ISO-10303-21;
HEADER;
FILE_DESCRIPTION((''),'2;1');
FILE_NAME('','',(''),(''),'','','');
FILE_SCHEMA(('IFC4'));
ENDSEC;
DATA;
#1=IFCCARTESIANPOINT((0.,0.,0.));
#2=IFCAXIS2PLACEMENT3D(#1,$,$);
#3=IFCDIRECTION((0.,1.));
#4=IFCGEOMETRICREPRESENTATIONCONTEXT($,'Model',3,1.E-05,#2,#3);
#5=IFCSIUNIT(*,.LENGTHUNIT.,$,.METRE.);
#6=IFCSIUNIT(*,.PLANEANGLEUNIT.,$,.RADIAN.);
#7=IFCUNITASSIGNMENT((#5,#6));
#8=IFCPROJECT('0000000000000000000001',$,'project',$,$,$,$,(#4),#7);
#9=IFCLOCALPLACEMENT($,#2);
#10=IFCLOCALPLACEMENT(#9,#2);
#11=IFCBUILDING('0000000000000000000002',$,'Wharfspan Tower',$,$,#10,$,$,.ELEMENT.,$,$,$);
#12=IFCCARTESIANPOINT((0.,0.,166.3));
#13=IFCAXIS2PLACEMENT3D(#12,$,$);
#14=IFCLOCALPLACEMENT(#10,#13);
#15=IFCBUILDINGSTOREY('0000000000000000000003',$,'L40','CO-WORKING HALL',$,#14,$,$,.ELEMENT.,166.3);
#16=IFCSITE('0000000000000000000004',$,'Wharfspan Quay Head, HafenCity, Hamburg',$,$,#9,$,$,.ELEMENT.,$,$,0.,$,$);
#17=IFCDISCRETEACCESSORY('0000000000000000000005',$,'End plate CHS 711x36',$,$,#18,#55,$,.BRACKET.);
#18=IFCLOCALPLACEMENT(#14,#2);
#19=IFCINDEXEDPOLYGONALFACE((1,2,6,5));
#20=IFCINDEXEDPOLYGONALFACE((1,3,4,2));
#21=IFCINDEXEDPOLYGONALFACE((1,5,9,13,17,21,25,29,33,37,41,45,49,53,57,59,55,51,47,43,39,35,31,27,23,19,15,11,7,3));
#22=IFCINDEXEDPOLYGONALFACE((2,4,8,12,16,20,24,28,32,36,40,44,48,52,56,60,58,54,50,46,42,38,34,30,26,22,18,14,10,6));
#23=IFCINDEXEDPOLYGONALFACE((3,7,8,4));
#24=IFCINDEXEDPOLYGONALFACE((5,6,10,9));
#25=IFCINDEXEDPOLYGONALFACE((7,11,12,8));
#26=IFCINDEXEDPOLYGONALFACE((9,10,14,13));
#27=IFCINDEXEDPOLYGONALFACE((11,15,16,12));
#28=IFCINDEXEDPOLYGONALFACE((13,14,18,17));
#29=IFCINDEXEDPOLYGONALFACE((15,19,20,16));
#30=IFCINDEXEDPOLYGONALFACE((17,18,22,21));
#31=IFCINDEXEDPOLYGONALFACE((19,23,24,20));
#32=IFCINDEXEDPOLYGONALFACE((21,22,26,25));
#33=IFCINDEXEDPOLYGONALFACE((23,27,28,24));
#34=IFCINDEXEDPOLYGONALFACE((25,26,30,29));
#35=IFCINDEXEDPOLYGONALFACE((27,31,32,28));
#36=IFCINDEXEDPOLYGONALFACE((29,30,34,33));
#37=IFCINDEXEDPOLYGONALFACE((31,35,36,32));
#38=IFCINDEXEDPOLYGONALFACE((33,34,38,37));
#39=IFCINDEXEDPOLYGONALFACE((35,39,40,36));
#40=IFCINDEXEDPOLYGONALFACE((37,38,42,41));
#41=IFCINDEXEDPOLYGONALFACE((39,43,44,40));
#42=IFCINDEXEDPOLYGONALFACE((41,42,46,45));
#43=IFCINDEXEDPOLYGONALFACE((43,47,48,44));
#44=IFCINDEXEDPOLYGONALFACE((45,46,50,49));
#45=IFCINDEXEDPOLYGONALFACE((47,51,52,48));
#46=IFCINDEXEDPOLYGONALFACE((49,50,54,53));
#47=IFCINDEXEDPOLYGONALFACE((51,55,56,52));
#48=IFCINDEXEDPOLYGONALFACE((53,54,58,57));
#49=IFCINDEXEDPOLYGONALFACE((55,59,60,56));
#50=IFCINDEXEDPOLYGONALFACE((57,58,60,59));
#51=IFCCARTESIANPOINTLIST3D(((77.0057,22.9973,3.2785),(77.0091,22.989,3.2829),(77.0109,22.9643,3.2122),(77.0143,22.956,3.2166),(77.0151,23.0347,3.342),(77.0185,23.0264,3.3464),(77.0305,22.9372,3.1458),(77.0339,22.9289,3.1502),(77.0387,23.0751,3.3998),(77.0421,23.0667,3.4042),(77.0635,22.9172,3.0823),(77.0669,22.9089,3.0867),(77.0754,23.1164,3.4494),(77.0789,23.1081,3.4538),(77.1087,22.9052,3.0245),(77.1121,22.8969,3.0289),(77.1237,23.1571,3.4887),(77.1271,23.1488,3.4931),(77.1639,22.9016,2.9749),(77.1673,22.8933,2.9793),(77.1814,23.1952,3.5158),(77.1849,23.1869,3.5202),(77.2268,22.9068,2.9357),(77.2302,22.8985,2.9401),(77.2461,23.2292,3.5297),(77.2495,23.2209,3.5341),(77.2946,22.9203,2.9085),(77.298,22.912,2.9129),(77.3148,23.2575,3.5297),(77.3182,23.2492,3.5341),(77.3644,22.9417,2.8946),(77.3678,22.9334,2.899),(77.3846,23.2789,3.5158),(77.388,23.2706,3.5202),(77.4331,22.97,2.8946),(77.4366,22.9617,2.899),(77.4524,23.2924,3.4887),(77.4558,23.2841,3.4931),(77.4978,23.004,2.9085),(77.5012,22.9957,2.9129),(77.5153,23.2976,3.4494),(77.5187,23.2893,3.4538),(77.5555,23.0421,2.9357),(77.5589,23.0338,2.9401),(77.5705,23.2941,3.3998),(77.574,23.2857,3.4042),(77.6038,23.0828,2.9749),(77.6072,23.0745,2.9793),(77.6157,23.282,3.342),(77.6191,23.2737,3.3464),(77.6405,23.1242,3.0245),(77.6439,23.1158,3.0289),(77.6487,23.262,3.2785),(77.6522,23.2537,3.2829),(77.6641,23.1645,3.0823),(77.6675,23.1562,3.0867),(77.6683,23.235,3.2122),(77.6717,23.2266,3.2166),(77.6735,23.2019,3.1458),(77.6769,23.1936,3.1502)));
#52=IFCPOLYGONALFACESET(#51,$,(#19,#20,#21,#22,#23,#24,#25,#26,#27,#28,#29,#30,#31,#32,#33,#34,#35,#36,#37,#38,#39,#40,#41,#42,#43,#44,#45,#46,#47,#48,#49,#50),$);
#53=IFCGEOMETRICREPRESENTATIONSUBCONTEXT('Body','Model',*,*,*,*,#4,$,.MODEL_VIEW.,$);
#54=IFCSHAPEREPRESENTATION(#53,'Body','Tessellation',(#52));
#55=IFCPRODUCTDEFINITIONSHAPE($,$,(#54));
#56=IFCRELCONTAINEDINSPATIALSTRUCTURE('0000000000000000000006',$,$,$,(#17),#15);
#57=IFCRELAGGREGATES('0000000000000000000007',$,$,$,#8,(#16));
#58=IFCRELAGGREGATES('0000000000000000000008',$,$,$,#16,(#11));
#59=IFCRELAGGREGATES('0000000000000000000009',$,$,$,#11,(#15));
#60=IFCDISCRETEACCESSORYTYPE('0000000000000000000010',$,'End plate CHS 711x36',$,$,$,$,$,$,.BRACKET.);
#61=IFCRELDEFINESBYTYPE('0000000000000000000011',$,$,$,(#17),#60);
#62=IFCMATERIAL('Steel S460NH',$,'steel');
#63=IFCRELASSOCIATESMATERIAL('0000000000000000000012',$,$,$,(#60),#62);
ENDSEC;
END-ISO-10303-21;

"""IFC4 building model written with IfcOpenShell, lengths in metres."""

from ifc_helpers import new_model, si_unit, direction, frame, origin, origin_2d, place, context, subcontext, project, spatial, circle, extrude, material, material_profile, profile_set, type_object, element, save


model = new_model("IFC4")

# Units and contexts
model_context = context("Model", 3, precision=1e-05, world=origin(), true_north=direction((0.0, 1.0)))
body_context = subcontext(model_context, "Body", "Model", "MODEL_VIEW")
ifc_project = project(units=[si_unit("LENGTHUNIT", "METRE"), si_unit("PLANEANGLEUNIT", "RADIAN")], contexts=[model_context])

# Site, building, storey
site_placement = place(None, origin())
site = spatial("IfcSite", under=ifc_project, at=site_placement, Name="Wharfspan Quay Head, HafenCity, Hamburg", CompositionType="ELEMENT", RefElevation=0.0)
building_placement = place(site_placement, origin())
building = spatial("IfcBuilding", under=site, at=building_placement, Name="Wharfspan Tower", CompositionType="ELEMENT")
storey_placement = place(building_placement, frame((0.0, 0.0, 166.3)))
storey = spatial("IfcBuildingStorey", under=building, at=storey_placement, Name="L40", Description="CO-WORKING HALL", CompositionType="ELEMENT", Elevation=166.3)

# Shared definitions
ifc_material_1 = material(Name="Steel S460NH", Category="steel")

# Discrete accessory
ifc_material_profile_1 = material_profile(ifc_material_1, circle(Radius=0.3555, at=origin_2d()))
ifc_profile_set_1 = profile_set([ifc_material_profile_1], Name="Steel S460NH")
discrete_accessory_type = type_object("IfcDiscreteAccessoryType", Name="End plate CHS 711x36", PredefinedType="BRACKET", material=ifc_profile_set_1)
for number, where, z_axis, x_axis, name in (
    (1, (77.3396, 23.0996, 3.2122), (0.341972, -0.830504, 0.439679), (0.924678, 0.380749, -0.000001), "End plate CHS 711x36"),
):
    element("IfcDiscreteAccessory", number, at=place(storey_placement, frame(where, z_axis=z_axis, x_axis=x_axis)), inside=storey, type_object=discrete_accessory_type, Name=name, PredefinedType="BRACKET", context=body_context, shape_type="SweptSolid", body=[
        extrude(circle(Radius=0.3555, at=origin_2d()), origin(), (0.0, 0.0, 1.0), 0.01),
    ])

save(model, "model.ifc")
